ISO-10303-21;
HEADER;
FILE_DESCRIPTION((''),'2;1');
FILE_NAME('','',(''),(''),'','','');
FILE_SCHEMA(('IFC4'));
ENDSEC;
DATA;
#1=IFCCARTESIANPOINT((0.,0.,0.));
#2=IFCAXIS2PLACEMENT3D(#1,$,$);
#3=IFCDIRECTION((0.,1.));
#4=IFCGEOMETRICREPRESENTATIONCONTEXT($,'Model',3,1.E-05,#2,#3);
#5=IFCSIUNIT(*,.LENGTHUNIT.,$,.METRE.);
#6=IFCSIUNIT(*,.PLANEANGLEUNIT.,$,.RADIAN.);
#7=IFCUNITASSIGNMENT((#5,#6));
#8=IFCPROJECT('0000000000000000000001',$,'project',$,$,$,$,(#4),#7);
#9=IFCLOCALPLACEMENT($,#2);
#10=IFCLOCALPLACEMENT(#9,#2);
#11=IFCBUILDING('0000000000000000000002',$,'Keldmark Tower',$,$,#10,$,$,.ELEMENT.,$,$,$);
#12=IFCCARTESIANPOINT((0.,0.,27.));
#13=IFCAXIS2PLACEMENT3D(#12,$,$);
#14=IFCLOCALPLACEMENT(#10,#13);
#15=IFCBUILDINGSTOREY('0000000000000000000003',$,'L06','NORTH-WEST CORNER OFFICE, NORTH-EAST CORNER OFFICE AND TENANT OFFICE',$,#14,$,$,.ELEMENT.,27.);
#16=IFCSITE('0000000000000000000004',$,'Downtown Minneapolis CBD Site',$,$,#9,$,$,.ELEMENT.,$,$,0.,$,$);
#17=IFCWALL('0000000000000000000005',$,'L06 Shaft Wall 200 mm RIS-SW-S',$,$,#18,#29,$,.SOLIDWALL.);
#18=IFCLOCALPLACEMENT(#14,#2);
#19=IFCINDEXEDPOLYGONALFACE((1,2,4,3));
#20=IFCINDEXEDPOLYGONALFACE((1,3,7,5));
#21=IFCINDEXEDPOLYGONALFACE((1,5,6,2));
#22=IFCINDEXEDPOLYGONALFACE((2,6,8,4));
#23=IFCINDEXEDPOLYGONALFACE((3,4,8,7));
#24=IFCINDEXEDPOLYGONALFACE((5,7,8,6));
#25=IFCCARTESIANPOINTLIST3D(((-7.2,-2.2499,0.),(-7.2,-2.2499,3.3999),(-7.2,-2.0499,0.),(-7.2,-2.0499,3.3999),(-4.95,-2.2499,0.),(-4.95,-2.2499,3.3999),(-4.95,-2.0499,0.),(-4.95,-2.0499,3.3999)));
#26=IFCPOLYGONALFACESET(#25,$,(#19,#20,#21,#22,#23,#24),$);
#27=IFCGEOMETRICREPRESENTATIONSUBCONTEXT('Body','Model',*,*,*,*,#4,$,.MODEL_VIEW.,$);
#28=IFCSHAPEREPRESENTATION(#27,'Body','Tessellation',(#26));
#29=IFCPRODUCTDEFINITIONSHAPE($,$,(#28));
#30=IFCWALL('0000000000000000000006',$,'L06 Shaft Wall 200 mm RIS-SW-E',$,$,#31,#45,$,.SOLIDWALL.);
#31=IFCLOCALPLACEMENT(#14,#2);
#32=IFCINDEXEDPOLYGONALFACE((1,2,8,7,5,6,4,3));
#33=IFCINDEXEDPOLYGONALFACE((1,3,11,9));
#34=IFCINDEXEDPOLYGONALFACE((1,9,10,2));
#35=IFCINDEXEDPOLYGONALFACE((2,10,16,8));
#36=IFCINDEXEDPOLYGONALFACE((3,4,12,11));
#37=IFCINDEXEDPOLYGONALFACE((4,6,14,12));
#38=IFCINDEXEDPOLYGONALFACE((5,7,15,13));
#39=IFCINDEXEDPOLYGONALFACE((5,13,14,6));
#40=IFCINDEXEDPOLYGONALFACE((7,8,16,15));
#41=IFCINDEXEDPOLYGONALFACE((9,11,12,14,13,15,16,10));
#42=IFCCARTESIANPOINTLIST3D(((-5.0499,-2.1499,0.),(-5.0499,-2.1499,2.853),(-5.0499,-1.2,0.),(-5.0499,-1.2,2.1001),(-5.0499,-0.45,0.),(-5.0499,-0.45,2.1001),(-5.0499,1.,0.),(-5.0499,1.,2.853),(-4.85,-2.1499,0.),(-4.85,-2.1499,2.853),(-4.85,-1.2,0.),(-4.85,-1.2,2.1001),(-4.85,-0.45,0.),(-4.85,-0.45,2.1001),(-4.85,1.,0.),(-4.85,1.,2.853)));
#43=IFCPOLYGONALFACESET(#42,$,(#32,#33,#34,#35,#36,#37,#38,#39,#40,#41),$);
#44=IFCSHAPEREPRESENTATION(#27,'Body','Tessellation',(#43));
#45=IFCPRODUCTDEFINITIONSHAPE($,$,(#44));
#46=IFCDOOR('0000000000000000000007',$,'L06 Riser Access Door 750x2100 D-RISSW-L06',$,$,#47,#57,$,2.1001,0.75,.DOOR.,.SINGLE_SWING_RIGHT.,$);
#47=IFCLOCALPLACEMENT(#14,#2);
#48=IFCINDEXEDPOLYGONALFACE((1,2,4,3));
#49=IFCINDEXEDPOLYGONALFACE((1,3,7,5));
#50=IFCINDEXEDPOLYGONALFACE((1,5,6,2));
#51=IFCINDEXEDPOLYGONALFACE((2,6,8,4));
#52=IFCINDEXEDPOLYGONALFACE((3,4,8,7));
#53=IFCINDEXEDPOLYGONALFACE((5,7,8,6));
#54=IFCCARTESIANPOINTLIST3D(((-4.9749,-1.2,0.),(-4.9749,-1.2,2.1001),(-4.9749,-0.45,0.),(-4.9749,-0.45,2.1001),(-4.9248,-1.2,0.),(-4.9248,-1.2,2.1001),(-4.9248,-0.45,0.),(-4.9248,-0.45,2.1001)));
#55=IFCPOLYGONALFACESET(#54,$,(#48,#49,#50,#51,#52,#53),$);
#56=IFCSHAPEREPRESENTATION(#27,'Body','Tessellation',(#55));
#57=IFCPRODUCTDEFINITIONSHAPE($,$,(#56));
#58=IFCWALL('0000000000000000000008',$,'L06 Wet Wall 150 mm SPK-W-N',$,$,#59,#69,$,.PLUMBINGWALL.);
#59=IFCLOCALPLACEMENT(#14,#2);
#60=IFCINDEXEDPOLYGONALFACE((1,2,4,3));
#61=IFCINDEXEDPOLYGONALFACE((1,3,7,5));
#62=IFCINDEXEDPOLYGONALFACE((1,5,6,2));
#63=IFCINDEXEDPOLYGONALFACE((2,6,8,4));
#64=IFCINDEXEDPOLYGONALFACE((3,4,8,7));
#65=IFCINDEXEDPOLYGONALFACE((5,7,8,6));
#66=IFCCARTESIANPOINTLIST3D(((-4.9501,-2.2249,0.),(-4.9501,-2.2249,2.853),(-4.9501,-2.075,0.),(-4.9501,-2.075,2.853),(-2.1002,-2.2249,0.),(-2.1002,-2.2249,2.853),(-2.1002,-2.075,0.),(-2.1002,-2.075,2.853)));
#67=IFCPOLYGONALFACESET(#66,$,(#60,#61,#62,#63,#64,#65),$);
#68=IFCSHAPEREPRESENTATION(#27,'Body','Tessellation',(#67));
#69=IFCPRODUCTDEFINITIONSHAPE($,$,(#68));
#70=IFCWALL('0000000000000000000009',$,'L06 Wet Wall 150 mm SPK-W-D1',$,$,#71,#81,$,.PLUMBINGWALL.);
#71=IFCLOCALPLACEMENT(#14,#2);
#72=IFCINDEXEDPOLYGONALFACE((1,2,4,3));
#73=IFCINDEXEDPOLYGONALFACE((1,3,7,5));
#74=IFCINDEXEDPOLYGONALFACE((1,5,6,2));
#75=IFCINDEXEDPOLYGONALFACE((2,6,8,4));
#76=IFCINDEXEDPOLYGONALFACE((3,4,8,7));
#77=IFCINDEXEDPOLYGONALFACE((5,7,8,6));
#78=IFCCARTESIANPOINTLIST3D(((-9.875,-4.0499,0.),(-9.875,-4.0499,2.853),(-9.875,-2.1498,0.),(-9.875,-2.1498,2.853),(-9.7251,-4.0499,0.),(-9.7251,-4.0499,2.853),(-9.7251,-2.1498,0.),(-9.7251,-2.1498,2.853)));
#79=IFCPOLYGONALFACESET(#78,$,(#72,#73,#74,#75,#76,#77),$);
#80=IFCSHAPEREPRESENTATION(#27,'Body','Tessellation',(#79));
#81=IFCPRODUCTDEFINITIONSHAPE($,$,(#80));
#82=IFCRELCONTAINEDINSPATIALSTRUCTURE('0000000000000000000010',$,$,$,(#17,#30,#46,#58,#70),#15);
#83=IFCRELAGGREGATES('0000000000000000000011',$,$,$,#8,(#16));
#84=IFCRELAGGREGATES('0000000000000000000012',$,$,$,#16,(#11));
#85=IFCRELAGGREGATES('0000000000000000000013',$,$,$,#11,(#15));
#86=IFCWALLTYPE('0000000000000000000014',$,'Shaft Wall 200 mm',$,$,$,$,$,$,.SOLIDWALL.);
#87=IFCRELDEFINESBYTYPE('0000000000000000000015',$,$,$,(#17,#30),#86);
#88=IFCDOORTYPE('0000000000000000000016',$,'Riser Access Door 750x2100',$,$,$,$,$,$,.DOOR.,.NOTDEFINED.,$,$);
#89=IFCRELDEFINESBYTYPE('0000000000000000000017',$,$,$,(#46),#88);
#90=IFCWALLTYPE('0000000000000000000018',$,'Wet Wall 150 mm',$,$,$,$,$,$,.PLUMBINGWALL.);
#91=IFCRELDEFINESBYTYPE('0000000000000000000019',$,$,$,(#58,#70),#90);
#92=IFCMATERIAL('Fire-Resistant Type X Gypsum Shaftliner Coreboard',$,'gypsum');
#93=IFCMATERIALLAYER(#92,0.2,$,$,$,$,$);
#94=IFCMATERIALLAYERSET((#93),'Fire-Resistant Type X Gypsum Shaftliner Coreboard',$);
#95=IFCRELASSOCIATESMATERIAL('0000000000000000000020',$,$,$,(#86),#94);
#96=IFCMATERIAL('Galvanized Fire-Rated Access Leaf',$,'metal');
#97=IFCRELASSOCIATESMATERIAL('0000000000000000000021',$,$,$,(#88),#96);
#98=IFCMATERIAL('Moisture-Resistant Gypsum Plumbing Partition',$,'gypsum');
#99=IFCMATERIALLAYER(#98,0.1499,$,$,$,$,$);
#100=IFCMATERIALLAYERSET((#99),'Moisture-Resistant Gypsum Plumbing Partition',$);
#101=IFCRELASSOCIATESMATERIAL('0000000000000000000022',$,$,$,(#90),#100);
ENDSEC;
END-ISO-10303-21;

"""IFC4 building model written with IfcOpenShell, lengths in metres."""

from ifc_helpers import new_model, si_unit, direction, frame, frame_2d, origin, place, context, subcontext, project, spatial, rectangle, extrude, material, layer, layer_set, type_object, element, fill, save


model = new_model("IFC4")

# Units and contexts
model_context = context("Model", 3, precision=1e-05, world=origin(), true_north=direction((0.0, 1.0)))
body_context = subcontext(model_context, "Body", "Model", "MODEL_VIEW")
ifc_project = project(units=[si_unit("LENGTHUNIT", "METRE"), si_unit("PLANEANGLEUNIT", "RADIAN")], contexts=[model_context])

# Site, building, storey
site_placement = place(None, origin())
site = spatial("IfcSite", under=ifc_project, at=site_placement, Name="Downtown Minneapolis CBD Site", CompositionType="ELEMENT", RefElevation=0.0)
building_placement = place(site_placement, origin())
building = spatial("IfcBuilding", under=site, at=building_placement, Name="Keldmark Tower", CompositionType="ELEMENT")
storey_placement = place(building_placement, frame((0.0, 0.0, 27.0)))
storey = spatial("IfcBuildingStorey", under=building, at=storey_placement, Name="L06", Description="NORTH-WEST CORNER OFFICE, NORTH-EAST CORNER OFFICE AND TENANT OFFICE", CompositionType="ELEMENT", Elevation=27.0)

# Wall
ifc_material_1 = material(Name="Fire-Resistant Type X Gypsum Shaftliner Coreboard", Category="gypsum")
ifc_layer_1 = layer(ifc_material_1, 0.2)
ifc_layer_set_1 = layer_set([ifc_layer_1], Name="Fire-Resistant Type X Gypsum Shaftliner Coreboard")
wall_type_1 = type_object("IfcWallType", Name="Shaft Wall 200 mm", PredefinedType="SOLIDWALL", material=ifc_layer_set_1)
wall_1_placement = place(storey_placement, frame((-7.2, -2.1499, 0.0), z_axis=(0.0, 0.0, 1.0), x_axis=(1.0, 0.0, 0.0)))
element("IfcWall", 1, at=wall_1_placement, inside=storey, type_object=wall_type_1, Name="L06 Shaft Wall 200 mm RIS-SW-S", PredefinedType="SOLIDWALL", context=body_context, shape_type="SweptSolid", body=[
    extrude(rectangle(XDim=2.25, YDim=0.2, at=frame_2d((1.125, 0.0))), origin(), (0.0, 0.0, 1.0), 3.3999),
])

# Wall, opening, door
wall_2_placement = place(storey_placement, frame((-4.95, -2.1499, 0.0), z_axis=(0.0, 0.0, 1.0), x_axis=(0.0, 1.0, 0.0)))
wall_2 = element("IfcWall", 2, at=wall_2_placement, inside=storey, type_object=wall_type_1, Name="L06 Shaft Wall 200 mm RIS-SW-E", PredefinedType="SOLIDWALL", context=body_context, shape_type="SweptSolid", body=[
    extrude(rectangle(XDim=3.1499, YDim=0.2, at=frame_2d((1.575, 0.0))), origin(), (0.0, 0.0, 1.0), 2.853),
])
opening_1_placement = place(wall_2_placement, frame((0.95, 0.0, 0.0)))
opening_1 = element("IfcOpeningElement", 3, at=opening_1_placement, cuts=wall_2, PredefinedType="OPENING", context=body_context, shape_type="SweptSolid", body=[
    extrude(rectangle(XDim=0.75, YDim=2.1001, at=frame_2d((0.375, 1.05))), frame((0.0, 0.1099, 0.0), z_axis=(0.0, -1.0, 0.0), x_axis=(1.0, 0.0, 0.0)), (0.0, 0.0, 1.0), 0.22),
])
ifc_material_2 = material(Name="Galvanized Fire-Rated Access Leaf", Category="metal")
door_type_1 = type_object("IfcDoorType", Name="Riser Access Door 750x2100", OperationType="NOTDEFINED", PredefinedType="DOOR", material=ifc_material_2)
door_1_placement = place(opening_1_placement, origin())
door_1 = element("IfcDoor", 4, at=door_1_placement, inside=storey, type_object=door_type_1, Name="L06 Riser Access Door 750x2100 D-RISSW-L06", OperationType="SINGLE_SWING_RIGHT", OverallHeight=2.1001, OverallWidth=0.75, PredefinedType="DOOR", context=body_context, shape_type="SweptSolid", body=[
    extrude(rectangle(XDim=0.75, YDim=2.1001, at=frame_2d((0.375, 1.05))), frame((0.0, 0.0249, 0.0), z_axis=(0.0, -1.0, 0.0), x_axis=(1.0, 0.0, 0.0)), (0.0, 0.0, 1.0), 0.05),
])
fill(opening_1, door_1)

# Walls
ifc_material_3 = material(Name="Moisture-Resistant Gypsum Plumbing Partition", Category="gypsum")
ifc_layer_2 = layer(ifc_material_3, 0.1499)
ifc_layer_set_2 = layer_set([ifc_layer_2], Name="Moisture-Resistant Gypsum Plumbing Partition")
wall_type_2 = type_object("IfcWallType", Name="Wet Wall 150 mm", PredefinedType="PLUMBINGWALL", material=ifc_layer_set_2)
wall_3_placement = place(storey_placement, frame((-4.95, -2.1499, 0.0), z_axis=(0.0, 0.0, 1.0), x_axis=(1.0, 0.0, 0.0)))
element("IfcWall", 5, at=wall_3_placement, inside=storey, type_object=wall_type_2, Name="L06 Wet Wall 150 mm SPK-W-N", PredefinedType="PLUMBINGWALL", context=body_context, shape_type="SweptSolid", body=[
    extrude(rectangle(XDim=2.8499, YDim=0.1499, at=frame_2d((1.4248, 0.0))), origin(), (0.0, 0.0, 1.0), 2.853),
])
wall_4_placement = place(storey_placement, frame((-9.8, -4.05, 0.0), z_axis=(0.0, 0.0, 1.0), x_axis=(0.0, 1.0, 0.0)))
element("IfcWall", 6, at=wall_4_placement, inside=storey, type_object=wall_type_2, Name="L06 Wet Wall 150 mm SPK-W-D1", PredefinedType="PLUMBINGWALL", context=body_context, shape_type="SweptSolid", body=[
    extrude(rectangle(XDim=1.9001, YDim=0.1499, at=frame_2d((0.9502, 0.0))), origin(), (0.0, 0.0, 1.0), 2.853),
])

save(model, "model.ifc")
